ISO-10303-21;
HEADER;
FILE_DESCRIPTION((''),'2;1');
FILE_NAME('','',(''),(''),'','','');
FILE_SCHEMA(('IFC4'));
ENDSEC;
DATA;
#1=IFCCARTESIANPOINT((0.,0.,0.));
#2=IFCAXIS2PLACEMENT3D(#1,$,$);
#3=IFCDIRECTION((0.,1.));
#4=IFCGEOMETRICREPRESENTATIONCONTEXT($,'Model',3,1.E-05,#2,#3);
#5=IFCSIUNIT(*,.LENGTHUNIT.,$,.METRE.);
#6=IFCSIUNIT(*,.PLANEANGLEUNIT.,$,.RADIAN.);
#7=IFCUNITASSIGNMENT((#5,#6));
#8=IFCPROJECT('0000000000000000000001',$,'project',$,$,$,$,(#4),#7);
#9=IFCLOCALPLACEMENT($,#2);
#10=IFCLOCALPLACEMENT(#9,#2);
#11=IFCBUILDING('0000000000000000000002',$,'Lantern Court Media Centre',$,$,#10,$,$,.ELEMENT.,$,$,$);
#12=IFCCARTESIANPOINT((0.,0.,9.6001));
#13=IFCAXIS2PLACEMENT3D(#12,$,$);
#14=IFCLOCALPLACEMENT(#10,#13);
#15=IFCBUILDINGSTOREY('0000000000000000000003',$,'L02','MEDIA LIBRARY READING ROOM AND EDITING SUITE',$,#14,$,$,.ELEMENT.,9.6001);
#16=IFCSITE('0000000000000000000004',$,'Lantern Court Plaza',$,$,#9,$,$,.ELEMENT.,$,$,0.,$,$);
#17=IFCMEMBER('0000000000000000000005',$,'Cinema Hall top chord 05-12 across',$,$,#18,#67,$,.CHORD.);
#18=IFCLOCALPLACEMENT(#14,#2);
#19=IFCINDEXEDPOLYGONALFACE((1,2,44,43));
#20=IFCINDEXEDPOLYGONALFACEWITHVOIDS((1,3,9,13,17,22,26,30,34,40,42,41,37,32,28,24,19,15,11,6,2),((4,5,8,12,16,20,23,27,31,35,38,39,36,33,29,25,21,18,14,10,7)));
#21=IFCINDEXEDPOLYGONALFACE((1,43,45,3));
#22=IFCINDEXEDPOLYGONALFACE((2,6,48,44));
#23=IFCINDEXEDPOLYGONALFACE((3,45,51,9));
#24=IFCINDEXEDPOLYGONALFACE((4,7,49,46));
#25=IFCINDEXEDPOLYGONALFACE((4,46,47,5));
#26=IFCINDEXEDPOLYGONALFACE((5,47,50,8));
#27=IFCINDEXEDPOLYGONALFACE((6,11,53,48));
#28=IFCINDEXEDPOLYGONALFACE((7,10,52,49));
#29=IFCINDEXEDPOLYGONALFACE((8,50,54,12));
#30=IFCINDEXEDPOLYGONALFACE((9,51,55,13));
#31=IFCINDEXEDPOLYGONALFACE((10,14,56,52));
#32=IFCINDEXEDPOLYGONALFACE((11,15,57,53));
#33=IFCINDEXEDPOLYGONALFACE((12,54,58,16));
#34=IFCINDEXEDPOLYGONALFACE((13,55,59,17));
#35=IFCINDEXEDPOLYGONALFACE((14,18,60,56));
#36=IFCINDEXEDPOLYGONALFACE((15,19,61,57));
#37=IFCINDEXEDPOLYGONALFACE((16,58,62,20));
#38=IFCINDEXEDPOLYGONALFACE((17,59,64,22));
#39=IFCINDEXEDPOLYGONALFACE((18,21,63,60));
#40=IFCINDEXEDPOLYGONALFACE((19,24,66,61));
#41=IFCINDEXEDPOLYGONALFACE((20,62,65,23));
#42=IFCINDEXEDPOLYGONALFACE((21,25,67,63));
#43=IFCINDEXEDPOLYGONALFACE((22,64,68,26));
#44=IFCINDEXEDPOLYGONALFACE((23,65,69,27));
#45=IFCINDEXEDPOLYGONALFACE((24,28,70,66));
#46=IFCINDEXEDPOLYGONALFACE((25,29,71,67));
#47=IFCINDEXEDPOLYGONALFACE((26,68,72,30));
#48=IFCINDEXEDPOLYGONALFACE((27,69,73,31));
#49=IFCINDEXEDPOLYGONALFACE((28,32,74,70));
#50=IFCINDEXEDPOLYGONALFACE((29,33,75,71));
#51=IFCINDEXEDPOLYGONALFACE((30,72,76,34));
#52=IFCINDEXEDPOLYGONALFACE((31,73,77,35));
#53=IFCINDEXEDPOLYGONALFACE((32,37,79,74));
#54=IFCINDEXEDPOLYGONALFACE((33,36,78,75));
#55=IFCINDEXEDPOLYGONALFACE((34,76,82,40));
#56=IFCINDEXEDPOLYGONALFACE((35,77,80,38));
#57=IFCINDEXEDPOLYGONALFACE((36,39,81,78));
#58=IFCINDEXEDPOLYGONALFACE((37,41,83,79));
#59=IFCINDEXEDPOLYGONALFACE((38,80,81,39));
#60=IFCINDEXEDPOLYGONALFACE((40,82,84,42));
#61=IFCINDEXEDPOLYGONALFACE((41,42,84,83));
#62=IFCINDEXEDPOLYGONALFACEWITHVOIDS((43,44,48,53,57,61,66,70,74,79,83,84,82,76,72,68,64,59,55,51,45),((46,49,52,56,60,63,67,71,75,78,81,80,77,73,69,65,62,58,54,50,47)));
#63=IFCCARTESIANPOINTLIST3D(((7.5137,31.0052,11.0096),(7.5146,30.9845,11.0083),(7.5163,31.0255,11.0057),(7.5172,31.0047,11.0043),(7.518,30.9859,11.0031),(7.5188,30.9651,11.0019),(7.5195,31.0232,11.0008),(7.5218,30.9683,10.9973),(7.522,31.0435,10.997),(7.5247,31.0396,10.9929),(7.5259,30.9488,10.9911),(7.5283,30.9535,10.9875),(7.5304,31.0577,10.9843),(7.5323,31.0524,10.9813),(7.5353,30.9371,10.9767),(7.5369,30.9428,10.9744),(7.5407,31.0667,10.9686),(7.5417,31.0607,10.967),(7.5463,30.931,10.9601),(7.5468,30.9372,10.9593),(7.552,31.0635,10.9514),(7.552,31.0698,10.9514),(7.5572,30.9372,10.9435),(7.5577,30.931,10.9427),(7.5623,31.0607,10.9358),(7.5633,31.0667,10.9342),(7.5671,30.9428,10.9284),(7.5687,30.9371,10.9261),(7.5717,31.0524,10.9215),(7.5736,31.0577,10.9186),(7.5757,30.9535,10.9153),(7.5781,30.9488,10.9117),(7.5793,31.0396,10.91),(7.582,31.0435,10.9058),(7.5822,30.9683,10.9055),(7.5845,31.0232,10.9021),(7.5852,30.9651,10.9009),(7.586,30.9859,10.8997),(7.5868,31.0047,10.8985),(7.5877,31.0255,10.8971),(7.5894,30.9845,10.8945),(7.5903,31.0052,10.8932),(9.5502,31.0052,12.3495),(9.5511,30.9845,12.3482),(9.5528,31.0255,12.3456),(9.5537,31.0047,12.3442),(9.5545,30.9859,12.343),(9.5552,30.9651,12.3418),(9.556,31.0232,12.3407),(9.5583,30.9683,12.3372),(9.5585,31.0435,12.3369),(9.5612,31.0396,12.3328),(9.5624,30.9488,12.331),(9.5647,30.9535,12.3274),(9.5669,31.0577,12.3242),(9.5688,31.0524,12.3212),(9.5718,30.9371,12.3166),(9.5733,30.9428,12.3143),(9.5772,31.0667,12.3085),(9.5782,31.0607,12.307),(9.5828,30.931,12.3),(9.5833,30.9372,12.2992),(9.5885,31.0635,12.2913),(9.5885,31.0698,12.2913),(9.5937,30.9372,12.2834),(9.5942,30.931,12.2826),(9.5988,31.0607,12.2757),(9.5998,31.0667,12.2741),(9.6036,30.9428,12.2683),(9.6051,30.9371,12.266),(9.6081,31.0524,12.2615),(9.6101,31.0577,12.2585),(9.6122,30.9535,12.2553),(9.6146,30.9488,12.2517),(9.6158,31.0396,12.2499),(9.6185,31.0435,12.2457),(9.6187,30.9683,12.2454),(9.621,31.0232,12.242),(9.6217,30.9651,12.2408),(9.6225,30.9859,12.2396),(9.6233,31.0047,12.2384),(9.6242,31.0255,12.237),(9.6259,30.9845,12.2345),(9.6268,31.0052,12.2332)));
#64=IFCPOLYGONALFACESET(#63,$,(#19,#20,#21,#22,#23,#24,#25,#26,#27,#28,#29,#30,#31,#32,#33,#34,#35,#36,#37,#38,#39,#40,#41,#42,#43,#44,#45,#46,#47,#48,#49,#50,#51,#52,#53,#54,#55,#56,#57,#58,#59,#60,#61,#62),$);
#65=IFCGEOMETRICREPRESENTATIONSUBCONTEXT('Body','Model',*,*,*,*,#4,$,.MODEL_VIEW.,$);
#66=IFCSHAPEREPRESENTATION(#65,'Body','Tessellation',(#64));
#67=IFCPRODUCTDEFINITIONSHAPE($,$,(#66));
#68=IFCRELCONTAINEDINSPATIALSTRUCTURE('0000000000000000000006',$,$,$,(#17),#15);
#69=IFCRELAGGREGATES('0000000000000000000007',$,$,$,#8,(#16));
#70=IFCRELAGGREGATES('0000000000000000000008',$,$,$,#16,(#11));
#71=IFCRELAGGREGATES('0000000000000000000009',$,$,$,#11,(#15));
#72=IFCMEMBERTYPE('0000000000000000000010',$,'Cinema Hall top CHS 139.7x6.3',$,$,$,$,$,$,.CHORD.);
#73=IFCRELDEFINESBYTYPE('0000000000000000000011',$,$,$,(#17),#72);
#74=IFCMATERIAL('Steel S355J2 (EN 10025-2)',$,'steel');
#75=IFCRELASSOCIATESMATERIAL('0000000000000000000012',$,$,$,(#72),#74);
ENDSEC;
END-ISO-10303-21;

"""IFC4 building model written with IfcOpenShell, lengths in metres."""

from ifc_helpers import new_model, si_unit, direction, frame, origin, origin_2d, place, context, subcontext, project, spatial, hollow_circle, extrude, material, material_profile, profile_set, type_object, element, save


model = new_model("IFC4")

# Units and contexts
model_context = context("Model", 3, precision=1e-05, world=origin(), true_north=direction((0.0, 1.0)))
body_context = subcontext(model_context, "Body", "Model", "MODEL_VIEW")
ifc_project = project(units=[si_unit("LENGTHUNIT", "METRE"), si_unit("PLANEANGLEUNIT", "RADIAN")], contexts=[model_context])

# Site, building, storey
site_placement = place(None, origin())
site = spatial("IfcSite", under=ifc_project, at=site_placement, Name="Lantern Court Plaza", CompositionType="ELEMENT", RefElevation=0.0)
building_placement = place(site_placement, origin())
building = spatial("IfcBuilding", under=site, at=building_placement, Name="Lantern Court Media Centre", CompositionType="ELEMENT")
storey_placement = place(building_placement, frame((0.0, 0.0, 9.6001)))
storey = spatial("IfcBuildingStorey", under=building, at=storey_placement, Name="L02", Description="MEDIA LIBRARY READING ROOM AND EDITING SUITE", CompositionType="ELEMENT", Elevation=9.6001)

# Member
ifc_material = material(Name="Steel S355J2 (EN 10025-2)", Category="steel")
ifc_material_profile_1 = material_profile(ifc_material, hollow_circle(Radius=0.0698, WallThickness=0.0063, at=origin_2d()), Name="Cinema Hall top CHS 139.7x6.3")
ifc_profile_set_1 = profile_set([ifc_material_profile_1], Name="Steel S355J2 (EN 10025-2)")
member_type_1 = type_object("IfcMemberType", Name="Cinema Hall top CHS 139.7x6.3", PredefinedType="CHORD", material=ifc_profile_set_1)
for number, where, z_axis, x_axis, name in (
    (1, (7.552, 31.0, 10.9514), (0.835394, 0.0, 0.549651), (0.0, 1.0, 0.0), "Cinema Hall top chord 05-12 across"),
):
    element("IfcMember", number, at=place(storey_placement, frame(where, z_axis=z_axis, x_axis=x_axis)), inside=storey, type_object=member_type_1, Name=name, PredefinedType="CHORD", context=body_context, shape_type="SweptSolid", body=[
        extrude(hollow_circle(Radius=0.0698, WallThickness=0.0063, at=origin_2d()), origin(), (0.0, 0.0, 1.0), 2.4377),
    ])

save(model, "model.ifc")
